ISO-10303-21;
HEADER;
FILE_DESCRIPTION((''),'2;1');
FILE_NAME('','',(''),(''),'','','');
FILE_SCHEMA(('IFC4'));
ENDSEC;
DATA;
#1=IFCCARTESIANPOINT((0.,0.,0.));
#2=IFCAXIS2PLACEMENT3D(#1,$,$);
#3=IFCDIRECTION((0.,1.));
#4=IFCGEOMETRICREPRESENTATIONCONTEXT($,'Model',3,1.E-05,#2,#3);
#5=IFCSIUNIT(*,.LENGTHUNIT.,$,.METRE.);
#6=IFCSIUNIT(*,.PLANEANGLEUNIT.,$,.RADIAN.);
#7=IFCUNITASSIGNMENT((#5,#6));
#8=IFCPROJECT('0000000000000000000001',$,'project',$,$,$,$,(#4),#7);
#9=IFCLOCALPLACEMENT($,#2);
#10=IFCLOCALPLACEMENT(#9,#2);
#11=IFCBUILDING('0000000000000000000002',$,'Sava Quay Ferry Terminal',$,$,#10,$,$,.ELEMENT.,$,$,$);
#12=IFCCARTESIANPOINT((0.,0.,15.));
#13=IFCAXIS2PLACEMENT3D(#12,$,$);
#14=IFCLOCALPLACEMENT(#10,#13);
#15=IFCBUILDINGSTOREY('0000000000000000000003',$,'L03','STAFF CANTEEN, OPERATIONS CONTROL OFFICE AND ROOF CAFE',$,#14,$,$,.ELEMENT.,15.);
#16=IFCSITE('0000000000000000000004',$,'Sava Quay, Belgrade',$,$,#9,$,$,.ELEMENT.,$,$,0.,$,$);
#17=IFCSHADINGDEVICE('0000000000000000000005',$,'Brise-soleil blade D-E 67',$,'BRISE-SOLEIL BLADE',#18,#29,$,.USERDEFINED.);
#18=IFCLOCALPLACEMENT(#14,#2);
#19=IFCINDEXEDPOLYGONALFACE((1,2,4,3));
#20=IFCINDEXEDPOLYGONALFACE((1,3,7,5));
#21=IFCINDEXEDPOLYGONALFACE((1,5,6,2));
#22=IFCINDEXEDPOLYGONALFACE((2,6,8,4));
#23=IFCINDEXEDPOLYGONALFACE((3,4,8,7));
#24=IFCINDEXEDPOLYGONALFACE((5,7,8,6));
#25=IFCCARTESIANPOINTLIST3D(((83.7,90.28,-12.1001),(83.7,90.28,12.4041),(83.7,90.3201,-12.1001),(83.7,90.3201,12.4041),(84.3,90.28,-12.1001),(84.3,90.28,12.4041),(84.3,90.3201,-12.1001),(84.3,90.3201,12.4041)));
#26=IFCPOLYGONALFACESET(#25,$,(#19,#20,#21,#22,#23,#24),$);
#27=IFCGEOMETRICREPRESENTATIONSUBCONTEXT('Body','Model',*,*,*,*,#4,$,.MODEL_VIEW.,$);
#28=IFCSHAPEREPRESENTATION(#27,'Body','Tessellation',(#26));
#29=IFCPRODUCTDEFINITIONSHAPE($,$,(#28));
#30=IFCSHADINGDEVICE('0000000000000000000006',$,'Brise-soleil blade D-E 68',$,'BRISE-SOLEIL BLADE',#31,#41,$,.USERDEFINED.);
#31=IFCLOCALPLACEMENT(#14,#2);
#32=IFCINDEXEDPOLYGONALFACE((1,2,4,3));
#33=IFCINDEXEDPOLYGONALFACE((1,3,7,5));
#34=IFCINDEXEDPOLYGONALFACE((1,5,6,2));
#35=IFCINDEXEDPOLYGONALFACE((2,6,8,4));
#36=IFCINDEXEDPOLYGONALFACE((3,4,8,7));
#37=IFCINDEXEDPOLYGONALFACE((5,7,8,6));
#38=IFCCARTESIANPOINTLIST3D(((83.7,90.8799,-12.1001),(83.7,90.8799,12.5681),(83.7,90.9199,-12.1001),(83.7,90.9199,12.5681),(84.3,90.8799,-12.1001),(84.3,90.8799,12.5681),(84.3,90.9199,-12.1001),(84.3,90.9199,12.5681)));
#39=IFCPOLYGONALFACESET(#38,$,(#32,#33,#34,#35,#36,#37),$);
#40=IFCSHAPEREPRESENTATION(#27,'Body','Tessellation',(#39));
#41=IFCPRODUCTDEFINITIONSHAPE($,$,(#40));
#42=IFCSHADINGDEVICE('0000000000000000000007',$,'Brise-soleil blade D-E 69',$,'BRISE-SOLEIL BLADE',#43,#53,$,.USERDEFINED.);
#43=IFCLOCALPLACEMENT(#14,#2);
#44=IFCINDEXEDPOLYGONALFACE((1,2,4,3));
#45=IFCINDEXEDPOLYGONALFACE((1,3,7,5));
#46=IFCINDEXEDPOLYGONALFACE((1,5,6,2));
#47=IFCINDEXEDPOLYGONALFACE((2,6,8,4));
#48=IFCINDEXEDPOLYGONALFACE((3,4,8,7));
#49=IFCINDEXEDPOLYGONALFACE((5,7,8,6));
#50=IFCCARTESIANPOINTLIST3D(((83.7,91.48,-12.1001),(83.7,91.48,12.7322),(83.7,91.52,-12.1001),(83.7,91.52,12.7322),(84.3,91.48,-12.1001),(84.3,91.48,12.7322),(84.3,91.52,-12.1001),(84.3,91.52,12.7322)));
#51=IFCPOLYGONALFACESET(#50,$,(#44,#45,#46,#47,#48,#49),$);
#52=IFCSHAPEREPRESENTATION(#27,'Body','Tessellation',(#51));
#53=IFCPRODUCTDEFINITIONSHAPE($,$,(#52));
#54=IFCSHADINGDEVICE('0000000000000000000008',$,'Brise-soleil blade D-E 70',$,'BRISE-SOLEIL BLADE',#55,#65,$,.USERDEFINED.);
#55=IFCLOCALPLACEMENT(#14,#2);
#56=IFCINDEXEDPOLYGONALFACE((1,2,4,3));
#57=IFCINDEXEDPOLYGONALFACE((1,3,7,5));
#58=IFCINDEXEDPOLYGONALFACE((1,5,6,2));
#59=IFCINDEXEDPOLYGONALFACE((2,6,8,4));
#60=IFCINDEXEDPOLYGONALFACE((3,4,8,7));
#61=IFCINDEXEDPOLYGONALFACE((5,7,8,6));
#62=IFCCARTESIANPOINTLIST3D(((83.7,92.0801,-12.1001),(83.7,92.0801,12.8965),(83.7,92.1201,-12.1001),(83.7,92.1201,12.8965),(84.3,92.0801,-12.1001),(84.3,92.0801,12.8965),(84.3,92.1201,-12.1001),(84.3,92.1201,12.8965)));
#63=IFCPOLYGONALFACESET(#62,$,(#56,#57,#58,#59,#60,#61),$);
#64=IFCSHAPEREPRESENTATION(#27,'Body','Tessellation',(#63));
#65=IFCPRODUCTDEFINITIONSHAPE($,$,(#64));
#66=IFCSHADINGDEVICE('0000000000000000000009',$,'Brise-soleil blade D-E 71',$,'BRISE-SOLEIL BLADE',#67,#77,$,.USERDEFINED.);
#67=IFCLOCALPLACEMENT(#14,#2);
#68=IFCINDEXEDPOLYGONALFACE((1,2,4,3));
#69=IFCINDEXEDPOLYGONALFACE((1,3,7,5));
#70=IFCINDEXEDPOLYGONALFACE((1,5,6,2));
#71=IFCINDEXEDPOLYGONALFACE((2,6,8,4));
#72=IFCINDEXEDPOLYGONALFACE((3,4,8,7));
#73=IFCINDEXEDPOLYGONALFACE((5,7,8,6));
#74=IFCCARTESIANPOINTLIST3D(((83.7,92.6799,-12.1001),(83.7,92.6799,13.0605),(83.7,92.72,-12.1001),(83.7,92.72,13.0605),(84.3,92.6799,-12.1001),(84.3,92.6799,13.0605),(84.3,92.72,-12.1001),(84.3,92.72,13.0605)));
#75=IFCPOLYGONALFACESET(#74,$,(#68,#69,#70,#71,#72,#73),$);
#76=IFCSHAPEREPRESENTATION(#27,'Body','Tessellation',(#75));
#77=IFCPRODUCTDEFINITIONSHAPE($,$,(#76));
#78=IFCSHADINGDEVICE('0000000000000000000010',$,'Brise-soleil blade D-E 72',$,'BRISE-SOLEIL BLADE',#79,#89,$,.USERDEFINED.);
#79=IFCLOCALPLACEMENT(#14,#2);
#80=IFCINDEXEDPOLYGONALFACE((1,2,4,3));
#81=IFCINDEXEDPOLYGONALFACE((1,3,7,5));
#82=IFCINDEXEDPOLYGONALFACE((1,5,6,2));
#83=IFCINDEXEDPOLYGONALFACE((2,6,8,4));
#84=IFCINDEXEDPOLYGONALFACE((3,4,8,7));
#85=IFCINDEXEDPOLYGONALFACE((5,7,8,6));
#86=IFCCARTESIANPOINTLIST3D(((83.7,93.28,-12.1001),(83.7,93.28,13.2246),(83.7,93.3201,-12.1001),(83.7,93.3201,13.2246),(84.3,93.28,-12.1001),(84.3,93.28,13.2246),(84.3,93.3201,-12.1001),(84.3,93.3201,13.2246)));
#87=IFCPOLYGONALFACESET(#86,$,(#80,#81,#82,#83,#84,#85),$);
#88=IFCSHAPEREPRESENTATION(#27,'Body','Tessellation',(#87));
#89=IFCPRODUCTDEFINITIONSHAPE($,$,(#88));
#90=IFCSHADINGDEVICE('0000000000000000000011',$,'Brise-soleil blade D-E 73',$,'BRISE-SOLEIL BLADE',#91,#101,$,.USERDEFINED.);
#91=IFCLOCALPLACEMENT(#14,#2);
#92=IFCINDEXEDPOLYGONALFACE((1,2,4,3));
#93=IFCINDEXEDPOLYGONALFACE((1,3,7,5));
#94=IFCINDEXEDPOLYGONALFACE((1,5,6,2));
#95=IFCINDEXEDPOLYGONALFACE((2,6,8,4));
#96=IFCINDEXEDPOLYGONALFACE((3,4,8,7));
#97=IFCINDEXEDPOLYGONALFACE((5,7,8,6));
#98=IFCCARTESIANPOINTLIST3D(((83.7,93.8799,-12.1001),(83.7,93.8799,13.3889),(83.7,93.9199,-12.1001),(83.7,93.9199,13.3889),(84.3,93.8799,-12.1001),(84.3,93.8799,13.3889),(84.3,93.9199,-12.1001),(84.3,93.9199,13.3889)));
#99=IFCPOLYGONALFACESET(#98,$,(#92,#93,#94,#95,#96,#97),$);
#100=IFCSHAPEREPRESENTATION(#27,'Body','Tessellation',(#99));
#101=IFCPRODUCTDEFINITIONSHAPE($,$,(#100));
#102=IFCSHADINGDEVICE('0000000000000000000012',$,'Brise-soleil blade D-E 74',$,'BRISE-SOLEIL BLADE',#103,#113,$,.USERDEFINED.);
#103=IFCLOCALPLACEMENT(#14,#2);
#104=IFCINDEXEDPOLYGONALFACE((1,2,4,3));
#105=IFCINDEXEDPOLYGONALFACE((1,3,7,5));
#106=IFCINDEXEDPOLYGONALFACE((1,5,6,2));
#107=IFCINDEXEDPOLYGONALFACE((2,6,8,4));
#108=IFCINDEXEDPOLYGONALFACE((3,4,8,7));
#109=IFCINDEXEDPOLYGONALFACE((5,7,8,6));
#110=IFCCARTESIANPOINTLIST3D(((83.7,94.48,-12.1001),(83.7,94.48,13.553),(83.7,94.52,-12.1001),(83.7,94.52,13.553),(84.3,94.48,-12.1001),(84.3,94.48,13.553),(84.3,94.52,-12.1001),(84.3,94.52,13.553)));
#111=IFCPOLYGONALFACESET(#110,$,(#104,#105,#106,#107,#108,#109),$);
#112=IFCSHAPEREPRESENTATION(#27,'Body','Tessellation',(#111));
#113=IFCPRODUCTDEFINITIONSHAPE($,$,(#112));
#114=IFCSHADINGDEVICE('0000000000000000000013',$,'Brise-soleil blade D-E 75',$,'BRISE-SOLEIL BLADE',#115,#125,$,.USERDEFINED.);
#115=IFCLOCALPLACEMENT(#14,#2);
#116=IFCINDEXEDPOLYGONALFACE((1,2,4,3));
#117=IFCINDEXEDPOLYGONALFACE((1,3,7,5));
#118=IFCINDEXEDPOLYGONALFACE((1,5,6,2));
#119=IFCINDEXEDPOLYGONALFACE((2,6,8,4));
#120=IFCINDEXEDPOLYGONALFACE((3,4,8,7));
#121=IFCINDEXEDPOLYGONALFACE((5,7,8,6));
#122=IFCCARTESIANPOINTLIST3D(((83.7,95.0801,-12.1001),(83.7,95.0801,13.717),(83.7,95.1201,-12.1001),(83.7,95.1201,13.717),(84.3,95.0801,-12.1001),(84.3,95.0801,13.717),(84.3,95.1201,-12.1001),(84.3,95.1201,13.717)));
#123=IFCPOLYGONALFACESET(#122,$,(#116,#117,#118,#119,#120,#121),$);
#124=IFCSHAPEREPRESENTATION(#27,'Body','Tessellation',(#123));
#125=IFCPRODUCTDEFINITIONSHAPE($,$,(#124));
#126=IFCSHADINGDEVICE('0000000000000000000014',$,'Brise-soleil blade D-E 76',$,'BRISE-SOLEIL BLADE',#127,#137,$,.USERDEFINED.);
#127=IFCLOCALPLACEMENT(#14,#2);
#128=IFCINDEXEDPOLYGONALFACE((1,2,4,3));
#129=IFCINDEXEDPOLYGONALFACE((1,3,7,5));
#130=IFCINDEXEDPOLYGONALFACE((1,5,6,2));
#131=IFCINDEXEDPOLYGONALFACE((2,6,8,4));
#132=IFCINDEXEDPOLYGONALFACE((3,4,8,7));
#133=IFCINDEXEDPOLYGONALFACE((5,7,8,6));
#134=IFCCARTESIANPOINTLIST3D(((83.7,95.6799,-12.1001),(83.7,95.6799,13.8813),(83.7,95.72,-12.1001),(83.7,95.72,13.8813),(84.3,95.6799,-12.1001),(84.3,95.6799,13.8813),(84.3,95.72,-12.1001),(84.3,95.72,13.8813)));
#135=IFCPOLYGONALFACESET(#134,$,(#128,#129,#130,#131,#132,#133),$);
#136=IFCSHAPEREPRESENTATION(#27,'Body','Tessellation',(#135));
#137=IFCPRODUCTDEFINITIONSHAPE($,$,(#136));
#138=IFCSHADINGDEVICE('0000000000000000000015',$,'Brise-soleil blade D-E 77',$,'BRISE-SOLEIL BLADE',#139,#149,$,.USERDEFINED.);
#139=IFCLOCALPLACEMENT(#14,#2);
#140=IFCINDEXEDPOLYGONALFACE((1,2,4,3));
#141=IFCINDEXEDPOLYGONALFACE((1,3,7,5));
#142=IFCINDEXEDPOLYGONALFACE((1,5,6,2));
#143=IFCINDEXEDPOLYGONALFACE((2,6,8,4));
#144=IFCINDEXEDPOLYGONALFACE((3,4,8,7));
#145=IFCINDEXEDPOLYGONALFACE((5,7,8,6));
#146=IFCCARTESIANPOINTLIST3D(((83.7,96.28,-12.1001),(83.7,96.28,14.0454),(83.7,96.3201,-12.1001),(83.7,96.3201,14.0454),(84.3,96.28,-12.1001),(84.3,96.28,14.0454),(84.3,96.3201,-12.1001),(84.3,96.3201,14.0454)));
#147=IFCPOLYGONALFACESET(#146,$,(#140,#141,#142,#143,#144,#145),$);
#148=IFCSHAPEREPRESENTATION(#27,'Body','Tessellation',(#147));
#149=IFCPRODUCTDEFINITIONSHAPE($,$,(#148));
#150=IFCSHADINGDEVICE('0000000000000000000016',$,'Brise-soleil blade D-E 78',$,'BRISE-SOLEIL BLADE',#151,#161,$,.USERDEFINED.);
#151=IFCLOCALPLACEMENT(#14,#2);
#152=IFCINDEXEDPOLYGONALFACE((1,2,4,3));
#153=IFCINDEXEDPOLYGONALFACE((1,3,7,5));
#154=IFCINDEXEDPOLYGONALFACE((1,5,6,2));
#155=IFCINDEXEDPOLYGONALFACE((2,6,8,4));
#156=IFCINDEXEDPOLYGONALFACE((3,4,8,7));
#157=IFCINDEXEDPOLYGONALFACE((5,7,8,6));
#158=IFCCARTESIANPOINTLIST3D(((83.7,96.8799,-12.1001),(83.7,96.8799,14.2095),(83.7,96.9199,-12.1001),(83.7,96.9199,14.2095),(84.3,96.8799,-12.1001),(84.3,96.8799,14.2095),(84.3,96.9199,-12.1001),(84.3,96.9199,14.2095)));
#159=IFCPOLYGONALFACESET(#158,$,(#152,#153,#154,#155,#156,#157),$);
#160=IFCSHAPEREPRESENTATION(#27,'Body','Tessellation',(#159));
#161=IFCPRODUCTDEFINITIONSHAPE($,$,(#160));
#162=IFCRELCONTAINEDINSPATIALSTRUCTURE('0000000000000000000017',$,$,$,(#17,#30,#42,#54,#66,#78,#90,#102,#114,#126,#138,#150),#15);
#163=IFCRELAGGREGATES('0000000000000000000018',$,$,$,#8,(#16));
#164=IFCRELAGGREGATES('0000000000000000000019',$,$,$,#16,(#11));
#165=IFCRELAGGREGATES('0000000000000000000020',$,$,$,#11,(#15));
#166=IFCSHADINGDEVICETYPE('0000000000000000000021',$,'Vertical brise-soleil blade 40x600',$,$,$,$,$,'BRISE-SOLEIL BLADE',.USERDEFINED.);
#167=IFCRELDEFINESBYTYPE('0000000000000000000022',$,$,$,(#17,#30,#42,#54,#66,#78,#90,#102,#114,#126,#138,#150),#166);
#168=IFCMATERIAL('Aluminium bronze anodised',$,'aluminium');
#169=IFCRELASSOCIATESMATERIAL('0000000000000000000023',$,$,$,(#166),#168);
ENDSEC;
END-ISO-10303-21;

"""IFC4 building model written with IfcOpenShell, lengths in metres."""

from ifc_helpers import new_model, si_unit, direction, frame, origin, origin_2d, place, context, subcontext, project, spatial, rectangle, extrude, material, material_profile, profile_set, type_object, element, save


model = new_model("IFC4")

# Units and contexts
model_context = context("Model", 3, precision=1e-05, world=origin(), true_north=direction((0.0, 1.0)))
body_context = subcontext(model_context, "Body", "Model", "MODEL_VIEW")
ifc_project = project(units=[si_unit("LENGTHUNIT", "METRE"), si_unit("PLANEANGLEUNIT", "RADIAN")], contexts=[model_context])

# Site, building, storey
site_placement = place(None, origin())
site = spatial("IfcSite", under=ifc_project, at=site_placement, Name="Sava Quay, Belgrade", CompositionType="ELEMENT", RefElevation=0.0)
building_placement = place(site_placement, origin())
building = spatial("IfcBuilding", under=site, at=building_placement, Name="Sava Quay Ferry Terminal", CompositionType="ELEMENT")
storey_placement = place(building_placement, frame((0.0, 0.0, 15.0)))
storey = spatial("IfcBuildingStorey", under=building, at=storey_placement, Name="L03", Description="STAFF CANTEEN, OPERATIONS CONTROL OFFICE AND ROOF CAFE", CompositionType="ELEMENT", Elevation=15.0)

# Shading devices
ifc_material_1 = material(Name="Aluminium bronze anodised", Category="aluminium")
ifc_material_profile_1 = material_profile(ifc_material_1, rectangle(XDim=0.04, YDim=0.6001, at=origin_2d()), Name="Vertical brise-soleil blade 40x600")
ifc_profile_set_1 = profile_set([ifc_material_profile_1], Name="Aluminium bronze anodised")
shading_device_type = type_object("IfcShadingDeviceType", Name="Vertical brise-soleil blade 40x600", ElementType="BRISE-SOLEIL BLADE", PredefinedType="USERDEFINED", material=ifc_profile_set_1)
shading_device_1_placement = place(storey_placement, frame((84.0, 90.3, -12.1001), z_axis=(0.0, 0.0, 1.0), x_axis=(0.0, 1.0, 0.0)))
element("IfcShadingDevice", 1, at=shading_device_1_placement, inside=storey, type_object=shading_device_type, Name="Brise-soleil blade D-E 67", ObjectType="BRISE-SOLEIL BLADE", PredefinedType="USERDEFINED", context=body_context, shape_type="SweptSolid", body=[
    extrude(rectangle(XDim=0.04, YDim=0.6001, at=origin_2d()), origin(), (0.0, 0.0, 1.0), 24.5042),
])
shading_device_2_placement = place(storey_placement, frame((84.0, 90.8999, -12.1001), z_axis=(0.0, 0.0, 1.0), x_axis=(0.0, 1.0, 0.0)))
element("IfcShadingDevice", 2, at=shading_device_2_placement, inside=storey, type_object=shading_device_type, Name="Brise-soleil blade D-E 68", ObjectType="BRISE-SOLEIL BLADE", PredefinedType="USERDEFINED", context=body_context, shape_type="SweptSolid", body=[
    extrude(rectangle(XDim=0.04, YDim=0.6001, at=origin_2d()), origin(), (0.0, 0.0, 1.0), 24.6682),
])
shading_device_3_placement = place(storey_placement, frame((84.0, 91.5, -12.1001), z_axis=(0.0, 0.0, 1.0), x_axis=(0.0, 1.0, 0.0)))
element("IfcShadingDevice", 3, at=shading_device_3_placement, inside=storey, type_object=shading_device_type, Name="Brise-soleil blade D-E 69", ObjectType="BRISE-SOLEIL BLADE", PredefinedType="USERDEFINED", context=body_context, shape_type="SweptSolid", body=[
    extrude(rectangle(XDim=0.04, YDim=0.6001, at=origin_2d()), origin(), (0.0, 0.0, 1.0), 24.8323),
])
shading_device_4_placement = place(storey_placement, frame((84.0, 92.1001, -12.1001), z_axis=(0.0, 0.0, 1.0), x_axis=(0.0, 1.0, 0.0)))
element("IfcShadingDevice", 4, at=shading_device_4_placement, inside=storey, type_object=shading_device_type, Name="Brise-soleil blade D-E 70", ObjectType="BRISE-SOLEIL BLADE", PredefinedType="USERDEFINED", context=body_context, shape_type="SweptSolid", body=[
    extrude(rectangle(XDim=0.04, YDim=0.6001, at=origin_2d()), origin(), (0.0, 0.0, 1.0), 24.9966),
])
shading_device_5_placement = place(storey_placement, frame((84.0, 92.7, -12.1001), z_axis=(0.0, 0.0, 1.0), x_axis=(0.0, 1.0, 0.0)))
element("IfcShadingDevice", 5, at=shading_device_5_placement, inside=storey, type_object=shading_device_type, Name="Brise-soleil blade D-E 71", ObjectType="BRISE-SOLEIL BLADE", PredefinedType="USERDEFINED", context=body_context, shape_type="SweptSolid", body=[
    extrude(rectangle(XDim=0.04, YDim=0.6001, at=origin_2d()), origin(), (0.0, 0.0, 1.0), 25.1606),
])
shading_device_6_placement = place(storey_placement, frame((84.0, 93.3, -12.1001), z_axis=(0.0, 0.0, 1.0), x_axis=(0.0, 1.0, 0.0)))
element("IfcShadingDevice", 6, at=shading_device_6_placement, inside=storey, type_object=shading_device_type, Name="Brise-soleil blade D-E 72", ObjectType="BRISE-SOLEIL BLADE", PredefinedType="USERDEFINED", context=body_context, shape_type="SweptSolid", body=[
    extrude(rectangle(XDim=0.04, YDim=0.6001, at=origin_2d()), origin(), (0.0, 0.0, 1.0), 25.3247),
])
shading_device_7_placement = place(storey_placement, frame((84.0, 93.8999, -12.1001), z_axis=(0.0, 0.0, 1.0), x_axis=(0.0, 1.0, 0.0)))
element("IfcShadingDevice", 7, at=shading_device_7_placement, inside=storey, type_object=shading_device_type, Name="Brise-soleil blade D-E 73", ObjectType="BRISE-SOLEIL BLADE", PredefinedType="USERDEFINED", context=body_context, shape_type="SweptSolid", body=[
    extrude(rectangle(XDim=0.04, YDim=0.6001, at=origin_2d()), origin(), (0.0, 0.0, 1.0), 25.489),
])
shading_device_8_placement = place(storey_placement, frame((84.0, 94.5, -12.1001), z_axis=(0.0, 0.0, 1.0), x_axis=(0.0, 1.0, 0.0)))
element("IfcShadingDevice", 8, at=shading_device_8_placement, inside=storey, type_object=shading_device_type, Name="Brise-soleil blade D-E 74", ObjectType="BRISE-SOLEIL BLADE", PredefinedType="USERDEFINED", context=body_context, shape_type="SweptSolid", body=[
    extrude(rectangle(XDim=0.04, YDim=0.6001, at=origin_2d()), origin(), (0.0, 0.0, 1.0), 25.6531),
])
shading_device_9_placement = place(storey_placement, frame((84.0, 95.1001, -12.1001), z_axis=(0.0, 0.0, 1.0), x_axis=(0.0, 1.0, 0.0)))
element("IfcShadingDevice", 9, at=shading_device_9_placement, inside=storey, type_object=shading_device_type, Name="Brise-soleil blade D-E 75", ObjectType="BRISE-SOLEIL BLADE", PredefinedType="USERDEFINED", context=body_context, shape_type="SweptSolid", body=[
    extrude(rectangle(XDim=0.04, YDim=0.6001, at=origin_2d()), origin(), (0.0, 0.0, 1.0), 25.8171),
])
shading_device_10_placement = place(storey_placement, frame((84.0, 95.7, -12.1001), z_axis=(0.0, 0.0, 1.0), x_axis=(0.0, 1.0, 0.0)))
element("IfcShadingDevice", 10, at=shading_device_10_placement, inside=storey, type_object=shading_device_type, Name="Brise-soleil blade D-E 76", ObjectType="BRISE-SOLEIL BLADE", PredefinedType="USERDEFINED", context=body_context, shape_type="SweptSolid", body=[
    extrude(rectangle(XDim=0.04, YDim=0.6001, at=origin_2d()), origin(), (0.0, 0.0, 1.0), 25.9814),
])
shading_device_11_placement = place(storey_placement, frame((84.0, 96.3, -12.1001), z_axis=(0.0, 0.0, 1.0), x_axis=(0.0, 1.0, 0.0)))
element("IfcShadingDevice", 11, at=shading_device_11_placement, inside=storey, type_object=shading_device_type, Name="Brise-soleil blade D-E 77", ObjectType="BRISE-SOLEIL BLADE", PredefinedType="USERDEFINED", context=body_context, shape_type="SweptSolid", body=[
    extrude(rectangle(XDim=0.04, YDim=0.6001, at=origin_2d()), origin(), (0.0, 0.0, 1.0), 26.1455),
])
shading_device_12_placement = place(storey_placement, frame((84.0, 96.8999, -12.1001), z_axis=(0.0, 0.0, 1.0), x_axis=(0.0, 1.0, 0.0)))
element("IfcShadingDevice", 12, at=shading_device_12_placement, inside=storey, type_object=shading_device_type, Name="Brise-soleil blade D-E 78", ObjectType="BRISE-SOLEIL BLADE", PredefinedType="USERDEFINED", context=body_context, shape_type="SweptSolid", body=[
    extrude(rectangle(XDim=0.04, YDim=0.6001, at=origin_2d()), origin(), (0.0, 0.0, 1.0), 26.3096),
])

save(model, "model.ifc")
